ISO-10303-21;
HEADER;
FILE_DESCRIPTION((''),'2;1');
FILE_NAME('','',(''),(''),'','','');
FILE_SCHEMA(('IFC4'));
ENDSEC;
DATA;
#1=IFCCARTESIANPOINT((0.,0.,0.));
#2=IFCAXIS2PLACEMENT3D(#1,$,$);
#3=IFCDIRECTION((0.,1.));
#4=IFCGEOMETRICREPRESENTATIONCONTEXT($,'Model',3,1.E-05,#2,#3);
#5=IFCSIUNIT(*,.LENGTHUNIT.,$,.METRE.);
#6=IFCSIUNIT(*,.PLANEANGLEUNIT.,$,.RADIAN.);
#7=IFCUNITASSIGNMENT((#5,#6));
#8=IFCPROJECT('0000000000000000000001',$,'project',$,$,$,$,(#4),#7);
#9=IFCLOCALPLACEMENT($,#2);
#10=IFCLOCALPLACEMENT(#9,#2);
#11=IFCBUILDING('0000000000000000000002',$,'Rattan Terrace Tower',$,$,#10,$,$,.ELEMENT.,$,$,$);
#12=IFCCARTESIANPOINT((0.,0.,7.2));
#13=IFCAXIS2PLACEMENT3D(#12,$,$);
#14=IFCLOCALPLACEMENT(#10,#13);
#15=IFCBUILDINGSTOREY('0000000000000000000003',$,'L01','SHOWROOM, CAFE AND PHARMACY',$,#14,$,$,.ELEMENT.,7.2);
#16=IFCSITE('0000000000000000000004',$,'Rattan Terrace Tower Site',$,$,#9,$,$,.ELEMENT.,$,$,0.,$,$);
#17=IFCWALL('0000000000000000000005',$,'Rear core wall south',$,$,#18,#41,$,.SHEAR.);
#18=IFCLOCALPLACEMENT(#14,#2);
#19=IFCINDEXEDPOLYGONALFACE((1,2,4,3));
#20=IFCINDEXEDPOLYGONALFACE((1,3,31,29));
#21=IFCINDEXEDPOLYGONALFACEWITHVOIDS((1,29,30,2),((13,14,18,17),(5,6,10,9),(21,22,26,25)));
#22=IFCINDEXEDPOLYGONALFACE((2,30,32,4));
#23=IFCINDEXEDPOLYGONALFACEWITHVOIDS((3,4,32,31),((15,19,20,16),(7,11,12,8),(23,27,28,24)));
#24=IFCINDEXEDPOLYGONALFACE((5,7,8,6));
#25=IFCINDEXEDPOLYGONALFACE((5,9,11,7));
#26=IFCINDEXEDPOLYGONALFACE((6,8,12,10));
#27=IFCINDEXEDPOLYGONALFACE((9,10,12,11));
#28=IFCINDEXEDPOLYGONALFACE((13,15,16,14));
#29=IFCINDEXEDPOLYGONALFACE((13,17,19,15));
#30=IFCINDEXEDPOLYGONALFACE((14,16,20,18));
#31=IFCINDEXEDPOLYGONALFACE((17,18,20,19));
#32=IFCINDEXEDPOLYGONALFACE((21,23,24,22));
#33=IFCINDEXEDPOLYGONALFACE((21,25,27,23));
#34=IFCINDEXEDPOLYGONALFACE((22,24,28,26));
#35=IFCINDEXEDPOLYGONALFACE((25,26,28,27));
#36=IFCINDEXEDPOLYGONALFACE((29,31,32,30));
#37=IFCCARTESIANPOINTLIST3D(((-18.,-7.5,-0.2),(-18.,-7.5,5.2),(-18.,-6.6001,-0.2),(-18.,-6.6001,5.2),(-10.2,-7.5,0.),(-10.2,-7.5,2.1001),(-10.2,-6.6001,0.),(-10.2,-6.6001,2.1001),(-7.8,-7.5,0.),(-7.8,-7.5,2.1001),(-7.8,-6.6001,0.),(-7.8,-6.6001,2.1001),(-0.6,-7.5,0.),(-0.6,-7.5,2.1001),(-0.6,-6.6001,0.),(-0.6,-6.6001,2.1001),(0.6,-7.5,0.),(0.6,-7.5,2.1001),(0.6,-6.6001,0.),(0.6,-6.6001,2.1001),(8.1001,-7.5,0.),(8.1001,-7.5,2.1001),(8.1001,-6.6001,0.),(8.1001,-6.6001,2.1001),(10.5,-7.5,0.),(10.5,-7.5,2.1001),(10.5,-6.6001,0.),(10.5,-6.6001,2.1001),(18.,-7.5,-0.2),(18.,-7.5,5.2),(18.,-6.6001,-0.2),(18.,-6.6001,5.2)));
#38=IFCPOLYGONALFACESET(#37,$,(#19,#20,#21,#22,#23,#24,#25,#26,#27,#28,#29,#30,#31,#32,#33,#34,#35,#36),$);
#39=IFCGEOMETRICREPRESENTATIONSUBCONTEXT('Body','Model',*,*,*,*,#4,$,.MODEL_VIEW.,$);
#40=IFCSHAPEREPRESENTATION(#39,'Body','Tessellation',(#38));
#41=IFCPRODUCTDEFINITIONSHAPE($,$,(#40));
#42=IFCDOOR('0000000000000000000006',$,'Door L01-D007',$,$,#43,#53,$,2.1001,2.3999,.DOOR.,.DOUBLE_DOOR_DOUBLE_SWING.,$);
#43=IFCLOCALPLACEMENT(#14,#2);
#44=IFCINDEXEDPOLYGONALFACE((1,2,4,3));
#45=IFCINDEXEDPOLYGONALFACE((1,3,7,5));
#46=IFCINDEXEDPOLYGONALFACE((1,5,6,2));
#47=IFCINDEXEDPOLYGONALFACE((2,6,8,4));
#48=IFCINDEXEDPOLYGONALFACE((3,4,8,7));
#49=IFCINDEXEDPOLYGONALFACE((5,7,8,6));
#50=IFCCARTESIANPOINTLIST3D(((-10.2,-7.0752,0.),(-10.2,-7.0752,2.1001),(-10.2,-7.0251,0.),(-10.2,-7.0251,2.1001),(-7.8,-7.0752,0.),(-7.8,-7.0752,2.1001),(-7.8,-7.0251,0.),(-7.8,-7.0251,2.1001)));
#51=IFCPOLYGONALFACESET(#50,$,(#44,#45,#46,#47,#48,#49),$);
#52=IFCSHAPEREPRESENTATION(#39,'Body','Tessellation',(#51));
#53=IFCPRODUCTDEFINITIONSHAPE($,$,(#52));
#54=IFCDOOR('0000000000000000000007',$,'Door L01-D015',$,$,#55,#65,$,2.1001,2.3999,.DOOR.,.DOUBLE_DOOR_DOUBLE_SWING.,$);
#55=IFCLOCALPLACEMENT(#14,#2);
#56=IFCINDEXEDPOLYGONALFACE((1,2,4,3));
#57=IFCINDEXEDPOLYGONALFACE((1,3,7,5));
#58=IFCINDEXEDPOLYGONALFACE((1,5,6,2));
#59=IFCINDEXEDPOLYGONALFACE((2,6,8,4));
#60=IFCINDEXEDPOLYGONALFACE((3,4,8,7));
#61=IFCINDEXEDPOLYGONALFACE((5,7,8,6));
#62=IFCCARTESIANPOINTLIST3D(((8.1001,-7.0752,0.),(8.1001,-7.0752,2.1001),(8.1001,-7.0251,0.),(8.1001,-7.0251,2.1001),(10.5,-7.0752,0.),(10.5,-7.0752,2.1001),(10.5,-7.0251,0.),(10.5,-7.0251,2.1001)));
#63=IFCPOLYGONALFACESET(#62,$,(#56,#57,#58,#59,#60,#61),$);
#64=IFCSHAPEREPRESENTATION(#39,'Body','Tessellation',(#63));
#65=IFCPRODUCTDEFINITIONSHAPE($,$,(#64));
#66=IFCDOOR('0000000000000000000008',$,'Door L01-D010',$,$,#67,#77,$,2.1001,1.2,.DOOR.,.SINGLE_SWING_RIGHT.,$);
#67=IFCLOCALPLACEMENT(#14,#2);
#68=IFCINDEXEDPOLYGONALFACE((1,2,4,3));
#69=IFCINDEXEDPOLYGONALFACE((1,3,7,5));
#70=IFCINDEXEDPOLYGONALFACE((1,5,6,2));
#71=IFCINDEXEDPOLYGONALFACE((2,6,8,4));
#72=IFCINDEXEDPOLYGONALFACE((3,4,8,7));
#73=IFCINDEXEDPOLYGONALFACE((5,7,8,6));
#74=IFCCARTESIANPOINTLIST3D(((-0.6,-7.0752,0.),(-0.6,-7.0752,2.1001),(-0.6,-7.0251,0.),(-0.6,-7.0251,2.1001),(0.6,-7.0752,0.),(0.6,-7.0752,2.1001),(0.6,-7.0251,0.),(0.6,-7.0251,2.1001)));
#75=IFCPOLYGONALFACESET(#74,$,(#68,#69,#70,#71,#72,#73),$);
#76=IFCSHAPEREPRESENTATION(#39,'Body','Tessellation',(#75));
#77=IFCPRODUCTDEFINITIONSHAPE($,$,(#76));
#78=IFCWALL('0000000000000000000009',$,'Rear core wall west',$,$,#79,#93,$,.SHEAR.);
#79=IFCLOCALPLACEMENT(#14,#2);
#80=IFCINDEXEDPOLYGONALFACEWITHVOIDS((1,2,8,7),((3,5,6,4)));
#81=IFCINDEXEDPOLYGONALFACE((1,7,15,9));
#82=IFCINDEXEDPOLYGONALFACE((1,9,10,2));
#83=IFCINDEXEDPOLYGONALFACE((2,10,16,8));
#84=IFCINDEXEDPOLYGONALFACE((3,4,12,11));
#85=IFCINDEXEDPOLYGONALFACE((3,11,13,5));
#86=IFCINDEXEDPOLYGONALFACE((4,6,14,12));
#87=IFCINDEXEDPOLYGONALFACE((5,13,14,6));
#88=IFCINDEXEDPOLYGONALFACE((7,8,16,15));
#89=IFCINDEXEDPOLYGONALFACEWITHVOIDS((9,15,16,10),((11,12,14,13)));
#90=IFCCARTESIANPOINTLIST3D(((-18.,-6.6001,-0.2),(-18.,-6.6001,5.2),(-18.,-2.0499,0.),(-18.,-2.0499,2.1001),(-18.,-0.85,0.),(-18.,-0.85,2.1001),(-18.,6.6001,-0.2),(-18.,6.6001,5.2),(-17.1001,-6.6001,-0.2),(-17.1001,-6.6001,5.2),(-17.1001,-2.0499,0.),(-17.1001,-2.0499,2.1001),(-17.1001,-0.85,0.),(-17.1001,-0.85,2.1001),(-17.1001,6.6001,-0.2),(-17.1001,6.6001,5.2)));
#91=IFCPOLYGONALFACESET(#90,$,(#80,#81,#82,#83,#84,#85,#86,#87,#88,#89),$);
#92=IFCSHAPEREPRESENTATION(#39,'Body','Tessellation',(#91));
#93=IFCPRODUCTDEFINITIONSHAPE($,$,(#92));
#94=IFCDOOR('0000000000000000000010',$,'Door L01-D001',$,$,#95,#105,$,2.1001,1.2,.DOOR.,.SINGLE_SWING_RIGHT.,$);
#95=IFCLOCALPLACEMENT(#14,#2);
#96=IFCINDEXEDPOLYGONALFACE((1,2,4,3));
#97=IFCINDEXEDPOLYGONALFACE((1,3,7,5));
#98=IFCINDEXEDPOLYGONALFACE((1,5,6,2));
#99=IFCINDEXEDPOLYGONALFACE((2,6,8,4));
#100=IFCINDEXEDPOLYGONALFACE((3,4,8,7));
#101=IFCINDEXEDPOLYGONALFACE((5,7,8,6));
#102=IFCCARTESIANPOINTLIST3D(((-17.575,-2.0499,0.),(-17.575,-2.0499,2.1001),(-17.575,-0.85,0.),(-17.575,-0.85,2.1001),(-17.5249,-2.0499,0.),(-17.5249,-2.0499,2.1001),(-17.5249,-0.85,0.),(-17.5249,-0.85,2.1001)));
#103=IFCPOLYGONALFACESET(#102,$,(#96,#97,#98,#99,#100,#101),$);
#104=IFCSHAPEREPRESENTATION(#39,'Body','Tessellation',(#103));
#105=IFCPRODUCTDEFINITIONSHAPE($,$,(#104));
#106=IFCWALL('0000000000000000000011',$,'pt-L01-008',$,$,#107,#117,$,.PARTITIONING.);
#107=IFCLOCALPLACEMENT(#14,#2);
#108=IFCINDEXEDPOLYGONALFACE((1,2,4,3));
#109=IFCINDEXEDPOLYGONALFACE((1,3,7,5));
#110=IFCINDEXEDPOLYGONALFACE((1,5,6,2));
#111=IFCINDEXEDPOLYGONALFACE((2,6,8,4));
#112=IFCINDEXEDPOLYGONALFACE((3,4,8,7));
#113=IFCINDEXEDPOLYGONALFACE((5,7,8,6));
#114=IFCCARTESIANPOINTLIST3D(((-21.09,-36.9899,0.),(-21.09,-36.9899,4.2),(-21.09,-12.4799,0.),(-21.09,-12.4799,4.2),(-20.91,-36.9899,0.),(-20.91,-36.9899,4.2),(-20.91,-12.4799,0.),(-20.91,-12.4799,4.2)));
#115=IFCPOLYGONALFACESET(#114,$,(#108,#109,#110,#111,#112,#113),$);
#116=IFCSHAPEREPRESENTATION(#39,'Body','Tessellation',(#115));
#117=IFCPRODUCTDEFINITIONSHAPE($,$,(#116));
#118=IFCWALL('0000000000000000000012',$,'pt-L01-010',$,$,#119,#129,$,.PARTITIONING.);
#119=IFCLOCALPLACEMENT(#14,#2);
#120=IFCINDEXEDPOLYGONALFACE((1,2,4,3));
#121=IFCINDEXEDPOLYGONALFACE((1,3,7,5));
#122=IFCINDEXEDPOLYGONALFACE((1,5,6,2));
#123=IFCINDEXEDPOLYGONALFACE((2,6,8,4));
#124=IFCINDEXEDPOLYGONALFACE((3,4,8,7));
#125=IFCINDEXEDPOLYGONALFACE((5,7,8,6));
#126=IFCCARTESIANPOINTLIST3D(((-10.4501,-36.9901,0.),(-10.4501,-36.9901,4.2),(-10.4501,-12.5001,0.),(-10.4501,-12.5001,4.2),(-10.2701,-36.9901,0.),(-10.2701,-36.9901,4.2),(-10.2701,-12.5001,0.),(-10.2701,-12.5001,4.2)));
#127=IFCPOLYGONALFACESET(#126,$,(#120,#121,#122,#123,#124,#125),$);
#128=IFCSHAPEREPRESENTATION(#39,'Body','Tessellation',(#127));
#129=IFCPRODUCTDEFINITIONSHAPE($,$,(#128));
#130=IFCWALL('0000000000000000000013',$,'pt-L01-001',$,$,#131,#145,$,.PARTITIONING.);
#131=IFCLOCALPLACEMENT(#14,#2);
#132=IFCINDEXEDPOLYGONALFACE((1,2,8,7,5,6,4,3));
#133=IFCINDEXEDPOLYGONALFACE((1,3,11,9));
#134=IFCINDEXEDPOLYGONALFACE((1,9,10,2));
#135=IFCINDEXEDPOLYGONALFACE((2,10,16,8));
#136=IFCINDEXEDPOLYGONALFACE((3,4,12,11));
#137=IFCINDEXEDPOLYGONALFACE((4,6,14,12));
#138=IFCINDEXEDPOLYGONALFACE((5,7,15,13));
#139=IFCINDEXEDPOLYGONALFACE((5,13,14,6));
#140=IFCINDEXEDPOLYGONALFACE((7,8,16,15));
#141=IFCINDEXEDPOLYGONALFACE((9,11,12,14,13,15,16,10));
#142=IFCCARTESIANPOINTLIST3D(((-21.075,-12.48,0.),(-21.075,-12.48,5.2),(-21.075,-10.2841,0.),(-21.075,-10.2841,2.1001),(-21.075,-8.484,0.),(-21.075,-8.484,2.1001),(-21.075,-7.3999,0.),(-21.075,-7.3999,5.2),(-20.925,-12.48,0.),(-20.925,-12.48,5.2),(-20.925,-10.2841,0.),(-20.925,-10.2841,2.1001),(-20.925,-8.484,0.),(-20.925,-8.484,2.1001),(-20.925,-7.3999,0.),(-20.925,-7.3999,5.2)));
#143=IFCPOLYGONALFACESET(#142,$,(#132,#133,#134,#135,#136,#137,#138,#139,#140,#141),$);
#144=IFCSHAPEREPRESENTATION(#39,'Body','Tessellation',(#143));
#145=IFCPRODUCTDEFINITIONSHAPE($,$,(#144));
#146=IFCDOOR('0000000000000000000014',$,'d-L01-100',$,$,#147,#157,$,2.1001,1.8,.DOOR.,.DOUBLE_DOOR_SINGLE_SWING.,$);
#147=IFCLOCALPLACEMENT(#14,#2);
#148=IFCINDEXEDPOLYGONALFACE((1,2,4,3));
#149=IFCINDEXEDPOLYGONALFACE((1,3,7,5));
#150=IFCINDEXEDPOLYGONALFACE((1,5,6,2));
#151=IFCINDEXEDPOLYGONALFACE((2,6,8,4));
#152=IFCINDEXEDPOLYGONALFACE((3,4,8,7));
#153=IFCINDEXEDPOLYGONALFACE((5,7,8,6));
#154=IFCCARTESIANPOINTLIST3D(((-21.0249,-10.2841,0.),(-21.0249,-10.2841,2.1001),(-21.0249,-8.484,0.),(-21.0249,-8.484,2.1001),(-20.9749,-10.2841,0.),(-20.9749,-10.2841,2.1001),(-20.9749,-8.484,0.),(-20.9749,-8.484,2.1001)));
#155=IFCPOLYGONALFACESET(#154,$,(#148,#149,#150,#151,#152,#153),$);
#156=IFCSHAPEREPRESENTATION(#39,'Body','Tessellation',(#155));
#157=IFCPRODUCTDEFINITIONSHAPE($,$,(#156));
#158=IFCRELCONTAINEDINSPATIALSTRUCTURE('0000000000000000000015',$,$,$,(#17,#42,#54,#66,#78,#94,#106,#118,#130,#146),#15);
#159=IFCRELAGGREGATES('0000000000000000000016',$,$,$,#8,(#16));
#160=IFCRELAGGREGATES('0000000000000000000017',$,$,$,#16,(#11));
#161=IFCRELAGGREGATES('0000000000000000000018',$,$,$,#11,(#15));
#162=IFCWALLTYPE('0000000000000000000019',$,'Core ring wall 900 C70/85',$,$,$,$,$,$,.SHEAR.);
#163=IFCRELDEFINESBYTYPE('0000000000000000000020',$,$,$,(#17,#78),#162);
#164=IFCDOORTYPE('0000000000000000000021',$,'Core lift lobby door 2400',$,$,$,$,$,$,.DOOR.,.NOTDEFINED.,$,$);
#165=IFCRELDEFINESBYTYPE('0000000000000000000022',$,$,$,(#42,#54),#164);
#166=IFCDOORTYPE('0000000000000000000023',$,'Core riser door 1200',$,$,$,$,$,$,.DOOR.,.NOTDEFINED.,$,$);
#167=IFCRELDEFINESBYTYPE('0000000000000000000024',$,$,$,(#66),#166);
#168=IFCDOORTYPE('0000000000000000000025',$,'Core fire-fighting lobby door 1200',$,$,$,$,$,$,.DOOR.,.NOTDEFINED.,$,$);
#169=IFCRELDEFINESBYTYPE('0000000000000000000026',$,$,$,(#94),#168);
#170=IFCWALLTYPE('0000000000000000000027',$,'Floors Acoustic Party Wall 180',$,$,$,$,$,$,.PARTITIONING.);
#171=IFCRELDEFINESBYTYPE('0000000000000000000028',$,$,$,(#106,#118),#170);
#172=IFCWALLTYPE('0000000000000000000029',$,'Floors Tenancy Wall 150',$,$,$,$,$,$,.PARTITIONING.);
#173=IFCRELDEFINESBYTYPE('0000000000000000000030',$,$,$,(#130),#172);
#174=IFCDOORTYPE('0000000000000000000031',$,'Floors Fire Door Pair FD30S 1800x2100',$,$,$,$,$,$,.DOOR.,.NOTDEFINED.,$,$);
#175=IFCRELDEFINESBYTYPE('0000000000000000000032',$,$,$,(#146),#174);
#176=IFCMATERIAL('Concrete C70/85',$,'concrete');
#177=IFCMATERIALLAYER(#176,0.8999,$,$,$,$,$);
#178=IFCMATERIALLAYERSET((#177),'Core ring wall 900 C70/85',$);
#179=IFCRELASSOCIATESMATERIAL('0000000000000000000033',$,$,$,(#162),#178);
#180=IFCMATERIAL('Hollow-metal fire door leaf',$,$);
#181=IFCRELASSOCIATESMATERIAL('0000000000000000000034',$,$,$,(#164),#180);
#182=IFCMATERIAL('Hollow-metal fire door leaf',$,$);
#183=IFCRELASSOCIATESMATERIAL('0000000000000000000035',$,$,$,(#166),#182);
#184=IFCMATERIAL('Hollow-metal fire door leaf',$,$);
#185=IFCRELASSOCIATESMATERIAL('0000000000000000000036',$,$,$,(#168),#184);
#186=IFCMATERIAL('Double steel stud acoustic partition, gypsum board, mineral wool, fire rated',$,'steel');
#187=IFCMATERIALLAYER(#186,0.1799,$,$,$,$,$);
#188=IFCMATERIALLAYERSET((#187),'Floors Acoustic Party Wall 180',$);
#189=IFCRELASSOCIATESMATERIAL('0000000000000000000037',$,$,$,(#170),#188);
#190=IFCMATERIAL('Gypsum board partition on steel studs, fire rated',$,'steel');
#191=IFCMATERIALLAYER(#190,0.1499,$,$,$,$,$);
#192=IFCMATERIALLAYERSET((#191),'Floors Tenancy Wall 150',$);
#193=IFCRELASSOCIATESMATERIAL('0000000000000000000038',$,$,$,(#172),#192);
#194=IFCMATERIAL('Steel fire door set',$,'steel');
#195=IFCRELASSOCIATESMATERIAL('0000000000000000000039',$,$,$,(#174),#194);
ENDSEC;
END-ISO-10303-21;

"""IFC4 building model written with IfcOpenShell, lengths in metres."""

from ifc_helpers import new_model, si_unit, direction, frame, frame_2d, origin, place, context, subcontext, project, spatial, rectangle, extrude, material, layer, layer_set, type_object, element, fill, save


model = new_model("IFC4")

# Units and contexts
model_context = context("Model", 3, precision=1e-05, world=origin(), true_north=direction((0.0, 1.0)))
body_context = subcontext(model_context, "Body", "Model", "MODEL_VIEW")
ifc_project = project(units=[si_unit("LENGTHUNIT", "METRE"), si_unit("PLANEANGLEUNIT", "RADIAN")], contexts=[model_context])

# Site, building, storey
site_placement = place(None, origin())
site = spatial("IfcSite", under=ifc_project, at=site_placement, Name="Rattan Terrace Tower Site", CompositionType="ELEMENT", RefElevation=0.0)
building_placement = place(site_placement, origin())
building = spatial("IfcBuilding", under=site, at=building_placement, Name="Rattan Terrace Tower", CompositionType="ELEMENT")
storey_placement = place(building_placement, frame((0.0, 0.0, 7.2)))
storey = spatial("IfcBuildingStorey", under=building, at=storey_placement, Name="L01", Description="SHOWROOM, CAFE AND PHARMACY", CompositionType="ELEMENT", Elevation=7.2)

# Wall, openings, doors
ifc_material_1 = material(Name="Concrete C70/85", Category="concrete")
ifc_layer_1 = layer(ifc_material_1, 0.8999)
ifc_layer_set_1 = layer_set([ifc_layer_1], Name="Core ring wall 900 C70/85")
wall_type_1 = type_object("IfcWallType", Name="Core ring wall 900 C70/85", PredefinedType="SHEAR", material=ifc_layer_set_1)
wall_1_placement = place(storey_placement, frame((-18.0, -7.05, -0.2), z_axis=(0.0, 0.0, 1.0), x_axis=(1.0, 0.0, 0.0)))
wall_1 = element("IfcWall", 1, at=wall_1_placement, inside=storey, type_object=wall_type_1, Name="Rear core wall south", PredefinedType="SHEAR", context=body_context, shape_type="SweptSolid", body=[
    extrude(rectangle(XDim=36.0, YDim=0.8999, at=frame_2d((18.0, 0.0))), origin(), (0.0, 0.0, 1.0), 5.3999),
])
opening_1_placement = place(wall_1_placement, frame((7.8, 0.0, 0.2)))
opening_1 = element("IfcOpeningElement", 2, at=opening_1_placement, cuts=wall_1, PredefinedType="OPENING", context=body_context, shape_type="SweptSolid", body=[
    extrude(rectangle(XDim=2.3999, YDim=2.1001, at=frame_2d((1.2, 1.05))), frame((0.0, 0.4604, 0.0), z_axis=(0.0, -1.0, 0.0), x_axis=(1.0, 0.0, 0.0)), (0.0, 0.0, 1.0), 0.9209),
])
opening_2_placement = place(wall_1_placement, frame((17.3999, 0.0, 0.2)))
opening_2 = element("IfcOpeningElement", 3, at=opening_2_placement, cuts=wall_1, PredefinedType="OPENING", context=body_context, shape_type="SweptSolid", body=[
    extrude(rectangle(XDim=1.2, YDim=2.1001, at=frame_2d((0.6001, 1.05))), frame((0.0, 0.4604, 0.0), z_axis=(0.0, -1.0, 0.0), x_axis=(1.0, 0.0, 0.0)), (0.0, 0.0, 1.0), 0.9209),
])
opening_3_placement = place(wall_1_placement, frame((26.1001, 0.0, 0.2)))
opening_3 = element("IfcOpeningElement", 4, at=opening_3_placement, cuts=wall_1, PredefinedType="OPENING", context=body_context, shape_type="SweptSolid", body=[
    extrude(rectangle(XDim=2.3999, YDim=2.1001, at=frame_2d((1.2, 1.05))), frame((0.0, 0.4604, 0.0), z_axis=(0.0, -1.0, 0.0), x_axis=(1.0, 0.0, 0.0)), (0.0, 0.0, 1.0), 0.9209),
])
ifc_material_2 = material(Name="Hollow-metal fire door leaf")
door_type_1 = type_object("IfcDoorType", Name="Core lift lobby door 2400", OperationType="NOTDEFINED", PredefinedType="DOOR", material=ifc_material_2)
door_1_placement = place(opening_1_placement, origin())
door_1 = element("IfcDoor", 5, at=door_1_placement, inside=storey, type_object=door_type_1, Name="Door L01-D007", OperationType="DOUBLE_DOOR_DOUBLE_SWING", OverallHeight=2.1001, OverallWidth=2.3999, PredefinedType="DOOR", context=body_context, shape_type="SweptSolid", body=[
    extrude(rectangle(XDim=2.3999, YDim=2.1001, at=frame_2d((1.2, 1.05))), frame((0.0, 0.0249, 0.0), z_axis=(0.0, -1.0, 0.0), x_axis=(1.0, 0.0, 0.0)), (0.0, 0.0, 1.0), 0.05),
])
fill(opening_1, door_1)
door_2_placement = place(opening_3_placement, origin())
door_2 = element("IfcDoor", 6, at=door_2_placement, inside=storey, type_object=door_type_1, Name="Door L01-D015", OperationType="DOUBLE_DOOR_DOUBLE_SWING", OverallHeight=2.1001, OverallWidth=2.3999, PredefinedType="DOOR", context=body_context, shape_type="SweptSolid", body=[
    extrude(rectangle(XDim=2.3999, YDim=2.1001, at=frame_2d((1.2, 1.05))), frame((0.0, 0.0249, 0.0), z_axis=(0.0, -1.0, 0.0), x_axis=(1.0, 0.0, 0.0)), (0.0, 0.0, 1.0), 0.05),
])
fill(opening_3, door_2)
ifc_material_3 = material(Name="Hollow-metal fire door leaf")
door_type_2 = type_object("IfcDoorType", Name="Core riser door 1200", OperationType="NOTDEFINED", PredefinedType="DOOR", material=ifc_material_3)
door_3_placement = place(opening_2_placement, origin())
door_3 = element("IfcDoor", 7, at=door_3_placement, inside=storey, type_object=door_type_2, Name="Door L01-D010", OperationType="SINGLE_SWING_RIGHT", OverallHeight=2.1001, OverallWidth=1.2, PredefinedType="DOOR", context=body_context, shape_type="SweptSolid", body=[
    extrude(rectangle(XDim=1.2, YDim=2.1001, at=frame_2d((0.6001, 1.05))), frame((0.0, 0.0249, 0.0), z_axis=(0.0, -1.0, 0.0), x_axis=(1.0, 0.0, 0.0)), (0.0, 0.0, 1.0), 0.05),
])
fill(opening_2, door_3)

# Wall, opening, door
wall_2_placement = place(storey_placement, frame((-17.55, -6.6001, -0.2), z_axis=(0.0, 0.0, 1.0), x_axis=(0.0, 1.0, 0.0)))
wall_2 = element("IfcWall", 8, at=wall_2_placement, inside=storey, type_object=wall_type_1, Name="Rear core wall west", PredefinedType="SHEAR", context=body_context, shape_type="SweptSolid", body=[
    extrude(rectangle(XDim=13.2002, YDim=0.8999, at=frame_2d((6.6001, 0.0))), origin(), (0.0, 0.0, 1.0), 5.3999),
])
opening_4_placement = place(wall_2_placement, frame((4.55, 0.0, 0.2)))
opening_4 = element("IfcOpeningElement", 9, at=opening_4_placement, cuts=wall_2, PredefinedType="OPENING", context=body_context, shape_type="SweptSolid", body=[
    extrude(rectangle(XDim=1.2, YDim=2.1001, at=frame_2d((0.6001, 1.05))), frame((0.0, 0.4604, 0.0), z_axis=(0.0, -1.0, 0.0), x_axis=(1.0, 0.0, 0.0)), (0.0, 0.0, 1.0), 0.9209),
])
ifc_material_4 = material(Name="Hollow-metal fire door leaf")
door_type_3 = type_object("IfcDoorType", Name="Core fire-fighting lobby door 1200", OperationType="NOTDEFINED", PredefinedType="DOOR", material=ifc_material_4)
door_4_placement = place(opening_4_placement, origin())
door_4 = element("IfcDoor", 10, at=door_4_placement, inside=storey, type_object=door_type_3, Name="Door L01-D001", OperationType="SINGLE_SWING_RIGHT", OverallHeight=2.1001, OverallWidth=1.2, PredefinedType="DOOR", context=body_context, shape_type="SweptSolid", body=[
    extrude(rectangle(XDim=1.2, YDim=2.1001, at=frame_2d((0.6001, 1.05))), frame((0.0, 0.0249, 0.0), z_axis=(0.0, -1.0, 0.0), x_axis=(1.0, 0.0, 0.0)), (0.0, 0.0, 1.0), 0.05),
])
fill(opening_4, door_4)

# Walls
ifc_material_5 = material(Name="Double steel stud acoustic partition, gypsum board, mineral wool, fire rated", Category="steel")
ifc_layer_2 = layer(ifc_material_5, 0.1799)
ifc_layer_set_2 = layer_set([ifc_layer_2], Name="Floors Acoustic Party Wall 180")
wall_type_2 = type_object("IfcWallType", Name="Floors Acoustic Party Wall 180", PredefinedType="PARTITIONING", material=ifc_layer_set_2)
wall_3_placement = place(storey_placement, frame((-21.0, -12.48, 0.0), z_axis=(0.0, 0.0, 1.0), x_axis=(0.0, -1.0, 0.0)))
element("IfcWall", 11, at=wall_3_placement, inside=storey, type_object=wall_type_2, Name="pt-L01-008", PredefinedType="PARTITIONING", context=body_context, shape_type="SweptSolid", body=[
    extrude(rectangle(XDim=24.51, YDim=0.1799, at=frame_2d((12.2549, 0.0))), origin(), (0.0, 0.0, 1.0), 4.2),
])
wall_4_placement = place(storey_placement, frame((-10.3601, -12.5, 0.0), z_axis=(0.0, 0.0, 1.0), x_axis=(0.0, -1.0, 0.0)))
element("IfcWall", 12, at=wall_4_placement, inside=storey, type_object=wall_type_2, Name="pt-L01-010", PredefinedType="PARTITIONING", context=body_context, shape_type="SweptSolid", body=[
    extrude(rectangle(XDim=24.49, YDim=0.1799, at=frame_2d((12.2451, 0.0))), origin(), (0.0, 0.0, 1.0), 4.2),
])

# Wall, opening, door
ifc_material_6 = material(Name="Gypsum board partition on steel studs, fire rated", Category="steel")
ifc_layer_3 = layer(ifc_material_6, 0.1499)
ifc_layer_set_3 = layer_set([ifc_layer_3], Name="Floors Tenancy Wall 150")
wall_type_3 = type_object("IfcWallType", Name="Floors Tenancy Wall 150", PredefinedType="PARTITIONING", material=ifc_layer_set_3)
wall_5_placement = place(storey_placement, frame((-21.0, -12.48, 0.0), z_axis=(0.0, 0.0, 1.0), x_axis=(0.0, 1.0, 0.0)))
wall_5 = element("IfcWall", 13, at=wall_5_placement, inside=storey, type_object=wall_type_3, Name="pt-L01-001", PredefinedType="PARTITIONING", context=body_context, shape_type="SweptSolid", body=[
    extrude(rectangle(XDim=5.0801, YDim=0.1499, at=frame_2d((2.54, 0.0))), origin(), (0.0, 0.0, 1.0), 5.2),
])
opening_5_placement = place(wall_5_placement, frame((2.196, 0.0, 0.0)))
opening_5 = element("IfcOpeningElement", 14, at=opening_5_placement, cuts=wall_5, PredefinedType="OPENING", context=body_context, shape_type="SweptSolid", body=[
    extrude(rectangle(XDim=1.8, YDim=2.1001, at=frame_2d((0.8999, 1.05))), frame((0.0, 0.0854, 0.0), z_axis=(0.0, -1.0, 0.0), x_axis=(1.0, 0.0, 0.0)), (0.0, 0.0, 1.0), 0.1709),
])
ifc_material_7 = material(Name="Steel fire door set", Category="steel")
door_type_4 = type_object("IfcDoorType", Name="Floors Fire Door Pair FD30S 1800x2100", OperationType="NOTDEFINED", PredefinedType="DOOR", material=ifc_material_7)
door_5_placement = place(opening_5_placement, origin())
door_5 = element("IfcDoor", 15, at=door_5_placement, inside=storey, type_object=door_type_4, Name="d-L01-100", OperationType="DOUBLE_DOOR_SINGLE_SWING", OverallHeight=2.1001, OverallWidth=1.8, PredefinedType="DOOR", context=body_context, shape_type="SweptSolid", body=[
    extrude(rectangle(XDim=1.8, YDim=2.1001, at=frame_2d((0.8999, 1.05))), frame((0.0, 0.0249, 0.0), z_axis=(0.0, -1.0, 0.0), x_axis=(1.0, 0.0, 0.0)), (0.0, 0.0, 1.0), 0.05),
])
fill(opening_5, door_5)

save(model, "model.ifc")
